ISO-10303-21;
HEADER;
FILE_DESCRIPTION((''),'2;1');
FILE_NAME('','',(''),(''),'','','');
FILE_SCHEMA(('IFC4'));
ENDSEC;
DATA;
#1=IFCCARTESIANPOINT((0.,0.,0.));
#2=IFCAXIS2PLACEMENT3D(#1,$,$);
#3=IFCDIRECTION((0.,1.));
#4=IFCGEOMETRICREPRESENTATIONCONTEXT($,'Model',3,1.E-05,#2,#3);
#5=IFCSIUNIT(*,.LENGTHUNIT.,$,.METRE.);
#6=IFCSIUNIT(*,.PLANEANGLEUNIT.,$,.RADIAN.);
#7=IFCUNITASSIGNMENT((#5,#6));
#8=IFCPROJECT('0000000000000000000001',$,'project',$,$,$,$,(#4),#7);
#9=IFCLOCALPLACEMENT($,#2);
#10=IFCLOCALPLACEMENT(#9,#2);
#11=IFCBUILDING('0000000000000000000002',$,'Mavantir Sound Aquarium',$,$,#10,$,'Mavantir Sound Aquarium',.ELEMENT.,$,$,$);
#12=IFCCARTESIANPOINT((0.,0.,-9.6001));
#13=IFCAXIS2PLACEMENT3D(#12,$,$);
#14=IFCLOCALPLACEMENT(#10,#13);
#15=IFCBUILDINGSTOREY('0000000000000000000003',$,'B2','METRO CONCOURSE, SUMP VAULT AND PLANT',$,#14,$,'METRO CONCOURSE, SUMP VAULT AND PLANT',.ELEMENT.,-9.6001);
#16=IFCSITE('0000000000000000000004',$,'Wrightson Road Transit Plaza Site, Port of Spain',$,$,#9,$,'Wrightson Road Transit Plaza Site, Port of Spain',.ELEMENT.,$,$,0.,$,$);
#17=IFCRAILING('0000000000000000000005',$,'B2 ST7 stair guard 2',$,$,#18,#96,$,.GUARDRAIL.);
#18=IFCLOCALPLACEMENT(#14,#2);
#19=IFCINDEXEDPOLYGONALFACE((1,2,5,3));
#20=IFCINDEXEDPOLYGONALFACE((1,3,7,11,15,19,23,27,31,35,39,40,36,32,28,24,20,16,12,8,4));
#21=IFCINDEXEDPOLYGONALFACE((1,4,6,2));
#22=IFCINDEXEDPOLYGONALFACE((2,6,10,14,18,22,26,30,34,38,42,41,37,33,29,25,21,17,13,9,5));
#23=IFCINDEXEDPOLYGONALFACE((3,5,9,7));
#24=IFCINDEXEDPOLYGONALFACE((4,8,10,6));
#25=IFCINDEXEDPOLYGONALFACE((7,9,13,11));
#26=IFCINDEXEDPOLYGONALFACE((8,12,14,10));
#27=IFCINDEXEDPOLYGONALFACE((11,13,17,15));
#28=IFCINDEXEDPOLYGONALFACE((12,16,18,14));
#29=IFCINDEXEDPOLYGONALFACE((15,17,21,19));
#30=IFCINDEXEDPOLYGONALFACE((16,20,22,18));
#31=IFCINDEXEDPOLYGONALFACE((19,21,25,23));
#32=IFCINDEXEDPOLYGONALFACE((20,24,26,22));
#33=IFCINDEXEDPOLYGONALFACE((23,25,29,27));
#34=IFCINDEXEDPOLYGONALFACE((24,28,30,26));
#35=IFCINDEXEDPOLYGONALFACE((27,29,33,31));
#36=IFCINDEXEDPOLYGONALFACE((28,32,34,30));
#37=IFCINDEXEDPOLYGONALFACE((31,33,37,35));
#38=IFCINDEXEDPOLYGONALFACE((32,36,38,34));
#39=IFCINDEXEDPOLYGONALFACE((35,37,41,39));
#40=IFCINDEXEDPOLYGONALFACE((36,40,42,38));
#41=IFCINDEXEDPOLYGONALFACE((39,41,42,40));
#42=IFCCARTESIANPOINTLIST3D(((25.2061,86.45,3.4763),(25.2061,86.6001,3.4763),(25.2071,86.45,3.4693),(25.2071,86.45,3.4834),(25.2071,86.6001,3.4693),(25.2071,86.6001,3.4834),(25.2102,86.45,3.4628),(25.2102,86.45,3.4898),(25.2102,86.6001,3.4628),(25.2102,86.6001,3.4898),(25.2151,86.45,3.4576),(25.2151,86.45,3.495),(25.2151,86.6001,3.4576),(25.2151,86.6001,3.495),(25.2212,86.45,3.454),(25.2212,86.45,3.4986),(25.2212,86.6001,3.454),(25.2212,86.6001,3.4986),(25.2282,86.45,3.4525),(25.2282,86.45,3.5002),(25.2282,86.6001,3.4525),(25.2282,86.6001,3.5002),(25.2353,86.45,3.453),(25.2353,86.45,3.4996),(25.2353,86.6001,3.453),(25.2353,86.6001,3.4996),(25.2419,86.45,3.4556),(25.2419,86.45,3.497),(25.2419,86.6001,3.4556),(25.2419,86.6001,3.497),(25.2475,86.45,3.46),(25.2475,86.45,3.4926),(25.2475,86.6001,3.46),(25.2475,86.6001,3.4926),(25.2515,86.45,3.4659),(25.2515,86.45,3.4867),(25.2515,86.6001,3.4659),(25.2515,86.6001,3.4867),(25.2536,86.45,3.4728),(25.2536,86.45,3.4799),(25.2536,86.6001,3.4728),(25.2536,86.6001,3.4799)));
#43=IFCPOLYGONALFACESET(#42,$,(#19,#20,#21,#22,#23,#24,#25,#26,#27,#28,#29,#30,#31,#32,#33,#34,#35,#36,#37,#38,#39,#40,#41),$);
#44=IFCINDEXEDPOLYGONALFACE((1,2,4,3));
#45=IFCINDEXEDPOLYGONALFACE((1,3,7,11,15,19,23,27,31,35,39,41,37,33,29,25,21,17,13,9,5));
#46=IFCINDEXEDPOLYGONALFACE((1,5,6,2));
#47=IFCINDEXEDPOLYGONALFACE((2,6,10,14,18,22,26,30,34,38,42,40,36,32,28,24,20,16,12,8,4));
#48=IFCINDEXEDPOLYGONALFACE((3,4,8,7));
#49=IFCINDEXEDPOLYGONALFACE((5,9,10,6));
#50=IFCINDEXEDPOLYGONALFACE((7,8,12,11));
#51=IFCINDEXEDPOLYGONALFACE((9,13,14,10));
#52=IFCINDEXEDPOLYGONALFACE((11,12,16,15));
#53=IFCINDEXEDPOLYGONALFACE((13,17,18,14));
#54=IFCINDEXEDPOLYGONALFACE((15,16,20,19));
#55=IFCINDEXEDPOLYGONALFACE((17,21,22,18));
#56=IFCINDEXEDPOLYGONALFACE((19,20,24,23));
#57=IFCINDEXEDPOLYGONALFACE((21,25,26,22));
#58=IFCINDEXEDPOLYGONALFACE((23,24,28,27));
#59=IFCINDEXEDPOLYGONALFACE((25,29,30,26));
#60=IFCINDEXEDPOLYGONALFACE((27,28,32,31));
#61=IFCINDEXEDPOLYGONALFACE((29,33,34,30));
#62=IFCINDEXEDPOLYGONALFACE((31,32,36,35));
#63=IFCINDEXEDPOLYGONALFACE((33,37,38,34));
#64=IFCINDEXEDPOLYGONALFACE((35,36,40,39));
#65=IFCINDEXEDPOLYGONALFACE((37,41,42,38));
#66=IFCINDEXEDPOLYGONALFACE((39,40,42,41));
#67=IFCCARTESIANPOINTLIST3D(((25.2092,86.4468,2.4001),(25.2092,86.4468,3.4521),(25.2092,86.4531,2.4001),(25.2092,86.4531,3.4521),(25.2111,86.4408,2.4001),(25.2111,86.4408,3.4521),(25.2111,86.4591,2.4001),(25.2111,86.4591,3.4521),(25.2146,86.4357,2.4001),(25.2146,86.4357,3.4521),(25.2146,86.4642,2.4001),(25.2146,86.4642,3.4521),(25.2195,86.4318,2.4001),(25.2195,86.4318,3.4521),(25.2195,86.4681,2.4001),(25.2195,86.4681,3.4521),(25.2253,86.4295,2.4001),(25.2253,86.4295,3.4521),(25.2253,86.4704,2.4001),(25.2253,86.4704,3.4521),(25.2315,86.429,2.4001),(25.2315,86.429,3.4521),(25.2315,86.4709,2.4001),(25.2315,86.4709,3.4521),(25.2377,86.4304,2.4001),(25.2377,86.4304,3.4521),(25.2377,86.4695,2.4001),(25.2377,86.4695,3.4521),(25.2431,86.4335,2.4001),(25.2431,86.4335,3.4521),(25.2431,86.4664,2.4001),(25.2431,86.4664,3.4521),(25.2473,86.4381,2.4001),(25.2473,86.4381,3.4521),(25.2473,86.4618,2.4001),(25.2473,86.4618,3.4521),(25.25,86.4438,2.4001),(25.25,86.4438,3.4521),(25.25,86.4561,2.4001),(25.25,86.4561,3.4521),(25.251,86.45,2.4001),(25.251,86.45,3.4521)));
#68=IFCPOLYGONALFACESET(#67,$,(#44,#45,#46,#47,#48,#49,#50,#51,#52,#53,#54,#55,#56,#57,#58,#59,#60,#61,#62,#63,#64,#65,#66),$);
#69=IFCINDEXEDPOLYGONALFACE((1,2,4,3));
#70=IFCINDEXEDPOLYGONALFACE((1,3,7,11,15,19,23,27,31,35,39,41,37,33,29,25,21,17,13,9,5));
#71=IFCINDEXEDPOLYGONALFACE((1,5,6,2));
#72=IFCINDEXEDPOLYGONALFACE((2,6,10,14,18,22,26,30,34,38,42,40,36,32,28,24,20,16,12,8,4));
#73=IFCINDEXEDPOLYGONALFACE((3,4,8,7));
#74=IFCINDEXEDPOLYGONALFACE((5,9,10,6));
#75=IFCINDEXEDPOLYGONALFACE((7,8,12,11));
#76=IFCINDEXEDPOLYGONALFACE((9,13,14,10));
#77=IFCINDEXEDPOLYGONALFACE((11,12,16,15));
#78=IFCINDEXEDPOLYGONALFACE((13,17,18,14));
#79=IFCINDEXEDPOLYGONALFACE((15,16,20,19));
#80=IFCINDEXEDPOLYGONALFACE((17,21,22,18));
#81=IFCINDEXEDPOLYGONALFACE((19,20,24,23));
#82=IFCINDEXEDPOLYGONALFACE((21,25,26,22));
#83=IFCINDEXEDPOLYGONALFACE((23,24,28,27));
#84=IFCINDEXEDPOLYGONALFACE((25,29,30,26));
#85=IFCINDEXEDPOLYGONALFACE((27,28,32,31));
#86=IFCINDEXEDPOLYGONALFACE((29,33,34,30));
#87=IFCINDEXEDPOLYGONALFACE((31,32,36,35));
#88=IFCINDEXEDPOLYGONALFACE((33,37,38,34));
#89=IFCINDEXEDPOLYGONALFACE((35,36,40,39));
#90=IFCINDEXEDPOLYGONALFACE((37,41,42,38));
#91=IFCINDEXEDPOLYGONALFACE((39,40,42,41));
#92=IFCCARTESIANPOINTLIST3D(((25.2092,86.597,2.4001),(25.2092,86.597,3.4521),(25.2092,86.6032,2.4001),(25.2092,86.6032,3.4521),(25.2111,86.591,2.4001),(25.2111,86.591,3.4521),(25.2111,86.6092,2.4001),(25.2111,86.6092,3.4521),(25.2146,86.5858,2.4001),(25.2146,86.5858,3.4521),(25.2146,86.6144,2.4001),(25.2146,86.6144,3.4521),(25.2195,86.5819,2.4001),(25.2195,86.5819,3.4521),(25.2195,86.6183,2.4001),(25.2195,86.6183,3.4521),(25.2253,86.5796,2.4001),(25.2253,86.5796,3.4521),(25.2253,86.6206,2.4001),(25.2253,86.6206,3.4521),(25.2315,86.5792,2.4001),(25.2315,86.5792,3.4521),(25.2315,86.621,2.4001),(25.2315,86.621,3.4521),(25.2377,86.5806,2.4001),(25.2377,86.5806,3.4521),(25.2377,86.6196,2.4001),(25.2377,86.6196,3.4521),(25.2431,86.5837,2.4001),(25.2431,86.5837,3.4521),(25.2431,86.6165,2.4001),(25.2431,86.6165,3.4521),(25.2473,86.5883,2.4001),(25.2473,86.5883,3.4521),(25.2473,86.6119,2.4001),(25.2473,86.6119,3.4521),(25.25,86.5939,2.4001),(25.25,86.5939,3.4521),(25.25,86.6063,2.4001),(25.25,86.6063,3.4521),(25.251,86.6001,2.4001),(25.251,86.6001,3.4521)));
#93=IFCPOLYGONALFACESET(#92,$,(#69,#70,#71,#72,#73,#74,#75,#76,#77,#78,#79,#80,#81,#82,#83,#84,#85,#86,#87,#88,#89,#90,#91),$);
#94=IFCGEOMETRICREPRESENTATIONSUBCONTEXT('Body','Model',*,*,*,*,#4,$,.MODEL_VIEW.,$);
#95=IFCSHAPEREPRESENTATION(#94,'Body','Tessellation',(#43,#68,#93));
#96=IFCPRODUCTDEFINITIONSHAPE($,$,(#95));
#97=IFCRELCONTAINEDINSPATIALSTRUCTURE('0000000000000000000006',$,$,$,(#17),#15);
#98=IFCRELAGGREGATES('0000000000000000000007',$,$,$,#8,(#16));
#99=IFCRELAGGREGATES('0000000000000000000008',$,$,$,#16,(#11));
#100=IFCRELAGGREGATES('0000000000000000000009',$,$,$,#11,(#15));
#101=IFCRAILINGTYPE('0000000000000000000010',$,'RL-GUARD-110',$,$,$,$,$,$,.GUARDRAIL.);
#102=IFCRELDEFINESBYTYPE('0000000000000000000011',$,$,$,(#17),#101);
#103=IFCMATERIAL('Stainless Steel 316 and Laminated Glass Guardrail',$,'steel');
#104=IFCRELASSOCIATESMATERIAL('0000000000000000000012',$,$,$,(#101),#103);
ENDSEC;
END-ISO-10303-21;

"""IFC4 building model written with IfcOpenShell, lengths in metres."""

from ifc_helpers import new_model, si_unit, direction, frame, origin, origin_2d, place, context, subcontext, project, spatial, circle, extrude, material, type_object, element, save


model = new_model("IFC4")

# Units and contexts
model_context = context("Model", 3, precision=1e-05, world=origin(), true_north=direction((0.0, 1.0)))
body_context = subcontext(model_context, "Body", "Model", "MODEL_VIEW")
ifc_project = project(units=[si_unit("LENGTHUNIT", "METRE"), si_unit("PLANEANGLEUNIT", "RADIAN")], contexts=[model_context])

# Site, building, storey
site_placement = place(None, origin())
site = spatial("IfcSite", under=ifc_project, at=site_placement, Name="Wrightson Road Transit Plaza Site, Port of Spain", LongName="Wrightson Road Transit Plaza Site, Port of Spain", CompositionType="ELEMENT", RefElevation=0.0)
building_placement = place(site_placement, origin())
building = spatial("IfcBuilding", under=site, at=building_placement, Name="Mavantir Sound Aquarium", LongName="Mavantir Sound Aquarium", CompositionType="ELEMENT")
storey_placement = place(building_placement, frame((0.0, 0.0, -9.6001)))
storey = spatial("IfcBuildingStorey", under=building, at=storey_placement, Name="B2", Description="METRO CONCOURSE, SUMP VAULT AND PLANT", LongName="METRO CONCOURSE, SUMP VAULT AND PLANT", CompositionType="ELEMENT", Elevation=-9.6001)

# Railing
ifc_material_1 = material(Name="Stainless Steel 316 and Laminated Glass Guardrail", Category="steel")
railing_type_1 = type_object("IfcRailingType", Name="RL-GUARD-110", PredefinedType="GUARDRAIL", material=ifc_material_1)
railing_1_placement = place(storey_placement, frame((25.23, 86.45, 2.4001)))
element("IfcRailing", 1, at=railing_1_placement, inside=storey, type_object=railing_type_1, Name="B2 ST7 stair guard 2", PredefinedType="GUARDRAIL", context=body_context, shape_type="SweptSolid", body=[
    extrude(circle(Radius=0.0239, at=origin_2d()), frame((0.0, 0.0, 1.0762), z_axis=(0.0, 1.0, 0.0), x_axis=(-1.0, 0.0, 0.0)), (0.0, 0.0, 1.0), 0.1501),
    extrude(circle(Radius=0.021, at=origin_2d()), origin(), (0.0, 0.0, 1.0), 1.052),
    extrude(circle(Radius=0.021, at=origin_2d()), frame((0.0, 0.1501, 0.0)), (0.0, 0.0, 1.0), 1.052),
])

save(model, "model.ifc")
